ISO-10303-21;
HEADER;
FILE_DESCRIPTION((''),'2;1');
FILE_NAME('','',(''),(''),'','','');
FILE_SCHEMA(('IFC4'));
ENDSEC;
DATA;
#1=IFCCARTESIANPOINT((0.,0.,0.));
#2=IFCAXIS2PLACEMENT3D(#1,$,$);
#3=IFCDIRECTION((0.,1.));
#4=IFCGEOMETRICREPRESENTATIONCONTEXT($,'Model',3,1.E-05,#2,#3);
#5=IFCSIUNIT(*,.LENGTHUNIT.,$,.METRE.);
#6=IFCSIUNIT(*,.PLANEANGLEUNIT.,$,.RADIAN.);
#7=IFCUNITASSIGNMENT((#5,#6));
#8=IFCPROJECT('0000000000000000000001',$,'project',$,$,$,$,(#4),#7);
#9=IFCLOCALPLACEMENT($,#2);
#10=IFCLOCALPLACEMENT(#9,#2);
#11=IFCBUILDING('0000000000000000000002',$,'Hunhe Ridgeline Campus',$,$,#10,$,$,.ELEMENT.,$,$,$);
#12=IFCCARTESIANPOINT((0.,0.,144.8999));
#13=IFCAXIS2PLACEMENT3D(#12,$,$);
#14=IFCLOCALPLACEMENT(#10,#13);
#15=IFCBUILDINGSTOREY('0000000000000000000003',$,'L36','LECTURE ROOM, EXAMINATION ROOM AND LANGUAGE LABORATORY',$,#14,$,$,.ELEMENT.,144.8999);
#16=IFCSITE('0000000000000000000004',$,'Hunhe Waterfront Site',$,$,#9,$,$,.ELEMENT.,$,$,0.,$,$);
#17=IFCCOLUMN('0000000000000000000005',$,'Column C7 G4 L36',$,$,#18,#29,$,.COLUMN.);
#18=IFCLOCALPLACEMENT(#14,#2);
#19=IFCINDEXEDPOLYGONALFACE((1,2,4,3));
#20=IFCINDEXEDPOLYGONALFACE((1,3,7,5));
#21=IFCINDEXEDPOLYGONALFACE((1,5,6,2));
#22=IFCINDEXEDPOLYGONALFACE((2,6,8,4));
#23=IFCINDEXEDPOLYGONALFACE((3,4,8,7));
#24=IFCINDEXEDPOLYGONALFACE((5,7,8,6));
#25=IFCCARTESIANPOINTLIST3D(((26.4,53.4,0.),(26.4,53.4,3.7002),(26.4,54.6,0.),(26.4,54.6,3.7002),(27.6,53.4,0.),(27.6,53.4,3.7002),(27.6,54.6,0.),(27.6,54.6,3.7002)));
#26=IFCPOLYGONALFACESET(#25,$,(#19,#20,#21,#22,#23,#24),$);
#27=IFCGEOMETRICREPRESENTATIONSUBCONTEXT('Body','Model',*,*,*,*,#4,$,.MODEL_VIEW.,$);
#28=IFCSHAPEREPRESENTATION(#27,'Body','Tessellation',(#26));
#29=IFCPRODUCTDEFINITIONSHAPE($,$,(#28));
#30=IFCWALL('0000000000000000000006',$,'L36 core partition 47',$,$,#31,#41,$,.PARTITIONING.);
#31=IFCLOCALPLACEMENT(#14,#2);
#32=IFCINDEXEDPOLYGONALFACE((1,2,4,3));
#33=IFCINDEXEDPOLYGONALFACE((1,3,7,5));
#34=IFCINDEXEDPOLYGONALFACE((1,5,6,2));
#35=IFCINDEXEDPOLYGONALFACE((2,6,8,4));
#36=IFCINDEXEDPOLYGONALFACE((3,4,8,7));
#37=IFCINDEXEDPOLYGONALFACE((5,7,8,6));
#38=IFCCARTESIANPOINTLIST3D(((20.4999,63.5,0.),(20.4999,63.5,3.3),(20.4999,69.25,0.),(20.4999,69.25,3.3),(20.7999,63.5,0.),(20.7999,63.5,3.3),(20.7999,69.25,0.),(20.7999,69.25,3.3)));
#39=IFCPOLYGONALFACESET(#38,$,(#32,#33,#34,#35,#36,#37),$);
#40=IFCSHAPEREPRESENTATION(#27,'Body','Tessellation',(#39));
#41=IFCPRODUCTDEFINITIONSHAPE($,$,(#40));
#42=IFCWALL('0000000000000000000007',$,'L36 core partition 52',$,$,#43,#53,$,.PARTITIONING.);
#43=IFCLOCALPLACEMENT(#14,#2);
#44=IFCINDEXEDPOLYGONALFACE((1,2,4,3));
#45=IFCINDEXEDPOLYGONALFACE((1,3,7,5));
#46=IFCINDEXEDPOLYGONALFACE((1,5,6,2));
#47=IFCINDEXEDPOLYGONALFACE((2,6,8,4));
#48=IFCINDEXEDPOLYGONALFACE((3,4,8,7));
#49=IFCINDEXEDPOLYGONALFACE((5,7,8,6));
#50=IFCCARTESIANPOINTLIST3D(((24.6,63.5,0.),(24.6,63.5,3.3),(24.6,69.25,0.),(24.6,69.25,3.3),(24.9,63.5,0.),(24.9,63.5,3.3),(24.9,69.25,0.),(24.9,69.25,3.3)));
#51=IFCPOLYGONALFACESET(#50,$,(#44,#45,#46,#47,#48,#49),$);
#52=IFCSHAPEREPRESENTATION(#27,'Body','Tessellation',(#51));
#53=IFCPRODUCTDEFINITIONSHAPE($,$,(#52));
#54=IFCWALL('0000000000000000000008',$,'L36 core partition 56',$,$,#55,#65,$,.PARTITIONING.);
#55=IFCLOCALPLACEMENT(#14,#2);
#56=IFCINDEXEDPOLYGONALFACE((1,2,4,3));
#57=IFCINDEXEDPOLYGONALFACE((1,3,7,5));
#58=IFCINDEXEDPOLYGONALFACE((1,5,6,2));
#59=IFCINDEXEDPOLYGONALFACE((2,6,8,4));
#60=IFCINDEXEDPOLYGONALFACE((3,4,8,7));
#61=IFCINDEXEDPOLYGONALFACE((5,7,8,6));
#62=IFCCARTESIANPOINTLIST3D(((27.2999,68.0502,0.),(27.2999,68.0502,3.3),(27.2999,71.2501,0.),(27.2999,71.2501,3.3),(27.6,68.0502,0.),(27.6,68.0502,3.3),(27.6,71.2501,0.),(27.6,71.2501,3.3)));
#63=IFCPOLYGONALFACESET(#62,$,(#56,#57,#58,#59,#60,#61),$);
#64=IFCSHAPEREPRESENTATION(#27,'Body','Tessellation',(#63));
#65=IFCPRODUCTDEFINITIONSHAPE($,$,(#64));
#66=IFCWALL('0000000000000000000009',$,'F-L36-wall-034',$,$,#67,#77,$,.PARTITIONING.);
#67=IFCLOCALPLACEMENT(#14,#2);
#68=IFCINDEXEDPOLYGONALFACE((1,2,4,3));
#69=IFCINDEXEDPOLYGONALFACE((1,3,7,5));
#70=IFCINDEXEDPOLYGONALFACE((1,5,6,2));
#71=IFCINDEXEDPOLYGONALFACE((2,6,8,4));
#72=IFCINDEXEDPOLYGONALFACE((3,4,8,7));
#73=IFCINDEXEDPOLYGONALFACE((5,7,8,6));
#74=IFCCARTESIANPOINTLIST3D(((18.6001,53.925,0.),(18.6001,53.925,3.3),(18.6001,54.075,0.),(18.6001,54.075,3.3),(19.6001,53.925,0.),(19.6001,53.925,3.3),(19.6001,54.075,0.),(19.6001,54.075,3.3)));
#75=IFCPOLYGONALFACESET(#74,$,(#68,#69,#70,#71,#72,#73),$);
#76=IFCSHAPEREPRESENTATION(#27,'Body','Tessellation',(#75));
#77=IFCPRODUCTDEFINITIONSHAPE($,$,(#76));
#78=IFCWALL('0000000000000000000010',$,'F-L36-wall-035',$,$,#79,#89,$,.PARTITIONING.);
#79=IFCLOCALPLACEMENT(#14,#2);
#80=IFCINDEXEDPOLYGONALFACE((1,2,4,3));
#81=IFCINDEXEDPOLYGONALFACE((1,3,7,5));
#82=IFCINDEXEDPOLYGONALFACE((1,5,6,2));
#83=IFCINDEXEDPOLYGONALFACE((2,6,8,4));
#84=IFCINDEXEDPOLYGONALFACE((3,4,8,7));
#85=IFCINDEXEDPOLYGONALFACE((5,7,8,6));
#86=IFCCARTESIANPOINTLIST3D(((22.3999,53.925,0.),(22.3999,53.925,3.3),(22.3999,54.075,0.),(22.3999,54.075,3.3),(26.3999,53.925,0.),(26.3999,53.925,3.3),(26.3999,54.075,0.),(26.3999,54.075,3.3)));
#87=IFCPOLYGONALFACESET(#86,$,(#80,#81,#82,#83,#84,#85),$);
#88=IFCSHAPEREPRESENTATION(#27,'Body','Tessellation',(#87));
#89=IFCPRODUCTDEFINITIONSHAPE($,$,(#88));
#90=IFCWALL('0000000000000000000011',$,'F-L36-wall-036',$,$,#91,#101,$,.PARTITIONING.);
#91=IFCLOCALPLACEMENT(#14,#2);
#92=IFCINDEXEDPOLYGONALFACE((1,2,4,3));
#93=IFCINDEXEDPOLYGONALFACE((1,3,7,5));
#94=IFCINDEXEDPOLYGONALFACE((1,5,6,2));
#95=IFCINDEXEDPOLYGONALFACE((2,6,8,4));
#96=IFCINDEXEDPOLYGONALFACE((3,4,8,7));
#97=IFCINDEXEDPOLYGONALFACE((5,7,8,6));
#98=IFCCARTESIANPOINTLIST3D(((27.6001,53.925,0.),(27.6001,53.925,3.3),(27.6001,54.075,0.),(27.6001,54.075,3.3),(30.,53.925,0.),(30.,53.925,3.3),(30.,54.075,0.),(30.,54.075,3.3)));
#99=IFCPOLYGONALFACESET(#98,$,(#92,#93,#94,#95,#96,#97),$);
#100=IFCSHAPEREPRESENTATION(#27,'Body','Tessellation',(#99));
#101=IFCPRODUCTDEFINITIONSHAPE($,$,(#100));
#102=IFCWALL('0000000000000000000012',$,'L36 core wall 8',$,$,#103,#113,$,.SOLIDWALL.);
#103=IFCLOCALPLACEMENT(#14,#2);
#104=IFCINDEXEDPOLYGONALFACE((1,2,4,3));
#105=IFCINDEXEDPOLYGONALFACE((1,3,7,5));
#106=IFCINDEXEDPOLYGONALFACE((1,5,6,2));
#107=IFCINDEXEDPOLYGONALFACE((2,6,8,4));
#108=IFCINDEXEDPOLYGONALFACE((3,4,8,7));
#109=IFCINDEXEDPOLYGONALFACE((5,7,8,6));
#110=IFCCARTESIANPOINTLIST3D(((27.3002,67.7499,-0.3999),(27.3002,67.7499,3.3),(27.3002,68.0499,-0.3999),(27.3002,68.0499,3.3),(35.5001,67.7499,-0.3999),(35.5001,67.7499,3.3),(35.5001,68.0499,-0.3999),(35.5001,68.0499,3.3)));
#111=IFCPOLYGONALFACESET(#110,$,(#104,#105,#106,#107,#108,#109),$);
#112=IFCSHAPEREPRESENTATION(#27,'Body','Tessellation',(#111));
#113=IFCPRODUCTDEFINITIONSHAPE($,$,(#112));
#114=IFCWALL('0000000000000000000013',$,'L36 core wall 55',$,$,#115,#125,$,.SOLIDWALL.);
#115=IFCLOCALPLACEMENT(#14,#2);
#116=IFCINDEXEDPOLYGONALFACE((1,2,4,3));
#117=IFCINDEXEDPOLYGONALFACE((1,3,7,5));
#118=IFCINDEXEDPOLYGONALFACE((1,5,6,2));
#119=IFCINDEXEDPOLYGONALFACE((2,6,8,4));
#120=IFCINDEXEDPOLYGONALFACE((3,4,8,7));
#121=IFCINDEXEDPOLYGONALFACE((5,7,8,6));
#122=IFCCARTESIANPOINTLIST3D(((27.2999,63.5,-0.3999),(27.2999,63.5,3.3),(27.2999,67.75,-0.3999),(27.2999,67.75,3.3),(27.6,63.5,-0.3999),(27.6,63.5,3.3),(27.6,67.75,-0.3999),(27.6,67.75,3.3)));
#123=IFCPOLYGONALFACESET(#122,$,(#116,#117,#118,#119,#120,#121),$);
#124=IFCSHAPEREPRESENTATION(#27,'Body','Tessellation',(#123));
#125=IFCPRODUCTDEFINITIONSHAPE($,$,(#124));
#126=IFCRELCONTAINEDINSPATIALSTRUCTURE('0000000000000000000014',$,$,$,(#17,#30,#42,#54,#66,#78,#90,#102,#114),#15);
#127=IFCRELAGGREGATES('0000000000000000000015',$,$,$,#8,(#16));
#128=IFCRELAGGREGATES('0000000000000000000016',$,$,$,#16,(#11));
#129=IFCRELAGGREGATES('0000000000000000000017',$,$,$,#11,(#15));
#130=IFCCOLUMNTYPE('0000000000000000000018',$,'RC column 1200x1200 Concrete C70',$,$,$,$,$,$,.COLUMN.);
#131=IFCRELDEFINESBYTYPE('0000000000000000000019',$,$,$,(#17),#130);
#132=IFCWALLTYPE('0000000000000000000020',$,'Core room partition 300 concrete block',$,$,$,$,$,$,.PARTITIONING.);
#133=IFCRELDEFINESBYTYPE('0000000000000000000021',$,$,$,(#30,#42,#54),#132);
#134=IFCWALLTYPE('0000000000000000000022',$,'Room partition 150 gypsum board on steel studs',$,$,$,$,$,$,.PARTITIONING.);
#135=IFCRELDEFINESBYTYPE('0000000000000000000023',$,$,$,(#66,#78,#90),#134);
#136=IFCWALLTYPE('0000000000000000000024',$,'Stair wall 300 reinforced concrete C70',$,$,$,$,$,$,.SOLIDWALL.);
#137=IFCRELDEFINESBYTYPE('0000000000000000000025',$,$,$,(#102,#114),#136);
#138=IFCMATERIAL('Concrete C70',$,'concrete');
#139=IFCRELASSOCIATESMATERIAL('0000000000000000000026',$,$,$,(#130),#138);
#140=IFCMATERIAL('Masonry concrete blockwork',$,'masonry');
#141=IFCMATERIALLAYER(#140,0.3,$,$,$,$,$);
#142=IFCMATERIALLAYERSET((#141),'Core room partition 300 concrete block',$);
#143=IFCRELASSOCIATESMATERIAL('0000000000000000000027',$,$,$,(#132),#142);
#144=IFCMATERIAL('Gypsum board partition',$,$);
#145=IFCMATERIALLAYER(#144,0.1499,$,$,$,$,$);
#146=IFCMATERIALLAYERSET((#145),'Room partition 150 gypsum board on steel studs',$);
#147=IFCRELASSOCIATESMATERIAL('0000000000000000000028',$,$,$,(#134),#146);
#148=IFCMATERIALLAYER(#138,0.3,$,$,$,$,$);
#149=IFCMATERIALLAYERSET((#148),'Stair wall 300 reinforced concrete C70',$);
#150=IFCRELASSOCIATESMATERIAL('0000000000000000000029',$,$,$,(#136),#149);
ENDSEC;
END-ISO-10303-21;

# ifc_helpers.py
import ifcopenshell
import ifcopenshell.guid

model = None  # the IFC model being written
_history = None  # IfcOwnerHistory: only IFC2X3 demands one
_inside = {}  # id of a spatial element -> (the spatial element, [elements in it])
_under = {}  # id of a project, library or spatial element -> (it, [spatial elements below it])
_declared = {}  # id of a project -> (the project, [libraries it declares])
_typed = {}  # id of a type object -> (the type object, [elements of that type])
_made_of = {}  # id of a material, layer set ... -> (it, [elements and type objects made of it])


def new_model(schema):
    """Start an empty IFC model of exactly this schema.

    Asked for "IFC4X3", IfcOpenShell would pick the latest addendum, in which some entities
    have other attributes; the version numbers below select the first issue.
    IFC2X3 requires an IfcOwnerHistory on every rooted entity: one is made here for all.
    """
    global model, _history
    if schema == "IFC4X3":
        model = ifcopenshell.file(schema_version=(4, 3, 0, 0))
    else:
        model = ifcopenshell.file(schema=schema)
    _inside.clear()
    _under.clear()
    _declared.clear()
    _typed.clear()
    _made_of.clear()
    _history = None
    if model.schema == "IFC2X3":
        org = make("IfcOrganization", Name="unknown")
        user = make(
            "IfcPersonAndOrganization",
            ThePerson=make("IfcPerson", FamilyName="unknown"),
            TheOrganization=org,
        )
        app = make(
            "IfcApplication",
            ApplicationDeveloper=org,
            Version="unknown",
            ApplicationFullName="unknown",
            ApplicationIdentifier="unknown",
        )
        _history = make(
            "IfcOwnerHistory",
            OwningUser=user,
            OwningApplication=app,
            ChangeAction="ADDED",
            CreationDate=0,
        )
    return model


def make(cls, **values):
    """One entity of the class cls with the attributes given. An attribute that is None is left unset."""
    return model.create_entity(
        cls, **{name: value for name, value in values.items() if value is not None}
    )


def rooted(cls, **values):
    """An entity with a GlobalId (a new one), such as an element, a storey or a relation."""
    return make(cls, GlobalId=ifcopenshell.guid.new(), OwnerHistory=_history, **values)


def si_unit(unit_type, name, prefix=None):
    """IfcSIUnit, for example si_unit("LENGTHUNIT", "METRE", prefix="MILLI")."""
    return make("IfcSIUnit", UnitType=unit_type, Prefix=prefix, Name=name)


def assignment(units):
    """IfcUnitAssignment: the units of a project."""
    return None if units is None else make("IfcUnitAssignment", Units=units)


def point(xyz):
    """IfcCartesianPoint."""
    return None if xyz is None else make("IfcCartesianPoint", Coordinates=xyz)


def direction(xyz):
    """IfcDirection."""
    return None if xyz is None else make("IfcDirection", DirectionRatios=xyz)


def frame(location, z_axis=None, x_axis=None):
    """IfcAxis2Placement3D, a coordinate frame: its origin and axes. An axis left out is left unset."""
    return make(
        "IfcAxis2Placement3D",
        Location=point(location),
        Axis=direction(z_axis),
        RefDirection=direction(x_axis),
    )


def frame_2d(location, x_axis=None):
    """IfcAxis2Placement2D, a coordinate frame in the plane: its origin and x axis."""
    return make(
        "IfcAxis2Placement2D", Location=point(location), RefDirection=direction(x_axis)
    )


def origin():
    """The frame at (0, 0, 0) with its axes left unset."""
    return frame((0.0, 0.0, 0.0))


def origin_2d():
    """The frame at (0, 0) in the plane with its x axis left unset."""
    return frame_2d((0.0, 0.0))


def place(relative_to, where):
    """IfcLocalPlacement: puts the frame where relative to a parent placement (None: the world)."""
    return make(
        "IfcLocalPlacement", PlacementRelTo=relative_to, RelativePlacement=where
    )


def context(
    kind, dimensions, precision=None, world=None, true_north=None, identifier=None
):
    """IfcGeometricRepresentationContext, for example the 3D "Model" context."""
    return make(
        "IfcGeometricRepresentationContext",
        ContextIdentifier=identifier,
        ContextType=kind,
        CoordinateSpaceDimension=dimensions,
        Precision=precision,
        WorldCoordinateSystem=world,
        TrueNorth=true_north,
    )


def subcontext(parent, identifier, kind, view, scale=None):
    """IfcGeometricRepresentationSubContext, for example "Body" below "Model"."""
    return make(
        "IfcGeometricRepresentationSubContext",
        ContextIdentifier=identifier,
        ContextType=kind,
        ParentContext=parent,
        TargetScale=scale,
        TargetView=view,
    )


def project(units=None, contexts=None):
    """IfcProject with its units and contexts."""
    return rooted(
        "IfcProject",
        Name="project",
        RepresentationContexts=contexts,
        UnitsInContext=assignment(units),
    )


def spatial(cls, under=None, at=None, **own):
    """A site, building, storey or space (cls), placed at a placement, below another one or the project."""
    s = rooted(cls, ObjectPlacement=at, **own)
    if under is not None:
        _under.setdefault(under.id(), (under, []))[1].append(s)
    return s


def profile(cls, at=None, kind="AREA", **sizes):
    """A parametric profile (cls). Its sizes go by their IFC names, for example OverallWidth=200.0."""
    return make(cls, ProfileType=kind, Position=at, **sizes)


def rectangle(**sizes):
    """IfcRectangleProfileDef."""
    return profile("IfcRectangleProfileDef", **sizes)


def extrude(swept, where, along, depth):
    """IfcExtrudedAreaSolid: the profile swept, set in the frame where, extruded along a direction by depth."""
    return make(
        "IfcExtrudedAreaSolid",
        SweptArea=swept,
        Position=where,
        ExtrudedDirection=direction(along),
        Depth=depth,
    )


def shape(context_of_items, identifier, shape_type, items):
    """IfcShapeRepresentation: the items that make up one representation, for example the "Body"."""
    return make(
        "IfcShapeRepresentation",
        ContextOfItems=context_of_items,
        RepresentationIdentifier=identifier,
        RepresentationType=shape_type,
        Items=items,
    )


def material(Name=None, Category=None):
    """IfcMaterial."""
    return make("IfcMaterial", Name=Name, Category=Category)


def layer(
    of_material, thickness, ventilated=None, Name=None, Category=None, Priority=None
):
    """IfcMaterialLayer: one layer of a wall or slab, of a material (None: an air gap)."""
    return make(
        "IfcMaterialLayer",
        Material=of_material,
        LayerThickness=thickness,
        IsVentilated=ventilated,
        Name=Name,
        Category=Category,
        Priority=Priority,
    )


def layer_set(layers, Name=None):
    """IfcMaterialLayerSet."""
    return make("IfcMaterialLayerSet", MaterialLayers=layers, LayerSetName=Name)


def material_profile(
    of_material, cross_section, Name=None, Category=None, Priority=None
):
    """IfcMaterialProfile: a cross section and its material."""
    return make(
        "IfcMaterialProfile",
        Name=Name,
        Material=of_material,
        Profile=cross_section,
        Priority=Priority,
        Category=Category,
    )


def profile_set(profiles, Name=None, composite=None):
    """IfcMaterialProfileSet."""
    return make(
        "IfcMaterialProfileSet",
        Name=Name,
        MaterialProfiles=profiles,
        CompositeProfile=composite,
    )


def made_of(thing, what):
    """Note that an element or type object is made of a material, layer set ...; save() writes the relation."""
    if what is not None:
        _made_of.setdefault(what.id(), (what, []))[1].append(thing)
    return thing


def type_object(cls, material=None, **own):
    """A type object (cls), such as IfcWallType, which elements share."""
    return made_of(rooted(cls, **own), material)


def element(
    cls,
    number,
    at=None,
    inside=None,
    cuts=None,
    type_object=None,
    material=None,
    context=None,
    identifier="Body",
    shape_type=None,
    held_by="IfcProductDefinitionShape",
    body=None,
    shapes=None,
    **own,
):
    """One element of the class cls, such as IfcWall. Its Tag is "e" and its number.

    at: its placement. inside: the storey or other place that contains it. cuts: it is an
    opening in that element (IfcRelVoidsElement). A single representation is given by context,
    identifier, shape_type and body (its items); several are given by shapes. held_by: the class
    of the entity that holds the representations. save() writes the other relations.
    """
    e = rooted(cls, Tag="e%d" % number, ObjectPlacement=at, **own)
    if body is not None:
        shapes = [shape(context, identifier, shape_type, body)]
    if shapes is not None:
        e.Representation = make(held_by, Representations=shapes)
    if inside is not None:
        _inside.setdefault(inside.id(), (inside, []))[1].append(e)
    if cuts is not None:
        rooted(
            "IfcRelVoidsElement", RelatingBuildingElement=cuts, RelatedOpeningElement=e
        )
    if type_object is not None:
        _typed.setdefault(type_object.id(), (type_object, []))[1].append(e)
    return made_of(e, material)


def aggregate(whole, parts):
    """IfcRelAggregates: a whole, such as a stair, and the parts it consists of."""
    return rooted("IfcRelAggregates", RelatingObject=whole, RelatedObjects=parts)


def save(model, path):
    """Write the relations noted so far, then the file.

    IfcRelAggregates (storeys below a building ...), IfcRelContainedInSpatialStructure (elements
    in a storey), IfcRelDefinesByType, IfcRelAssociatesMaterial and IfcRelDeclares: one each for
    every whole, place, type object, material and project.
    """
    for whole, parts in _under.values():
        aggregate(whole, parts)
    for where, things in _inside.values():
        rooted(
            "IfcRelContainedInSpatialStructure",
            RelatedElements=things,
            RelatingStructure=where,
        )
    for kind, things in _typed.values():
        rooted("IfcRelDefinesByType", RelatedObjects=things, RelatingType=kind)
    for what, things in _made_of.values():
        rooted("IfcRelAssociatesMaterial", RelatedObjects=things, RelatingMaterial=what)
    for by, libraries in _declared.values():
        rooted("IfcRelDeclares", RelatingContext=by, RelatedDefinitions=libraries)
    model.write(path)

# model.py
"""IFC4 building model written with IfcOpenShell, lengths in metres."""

from ifc_helpers import new_model, si_unit, direction, frame, frame_2d, origin, origin_2d, place, context, subcontext, project, spatial, rectangle, extrude, material, layer, layer_set, material_profile, profile_set, type_object, element, save


model = new_model("IFC4")

# Units and contexts
model_context = context("Model", 3, precision=1e-05, world=origin(), true_north=direction((0.0, 1.0)))
body_context = subcontext(model_context, "Body", "Model", "MODEL_VIEW")
ifc_project = project(units=[si_unit("LENGTHUNIT", "METRE"), si_unit("PLANEANGLEUNIT", "RADIAN")], contexts=[model_context])

# Site, building, storey
site_placement = place(None, origin())
site = spatial("IfcSite", under=ifc_project, at=site_placement, Name="Hunhe Waterfront Site", CompositionType="ELEMENT", RefElevation=0.0)
building_placement = place(site_placement, origin())
building = spatial("IfcBuilding", under=site, at=building_placement, Name="Hunhe Ridgeline Campus", CompositionType="ELEMENT")
storey_placement = place(building_placement, frame((0.0, 0.0, 144.8999)))
storey = spatial("IfcBuildingStorey", under=building, at=storey_placement, Name="L36", Description="LECTURE ROOM, EXAMINATION ROOM AND LANGUAGE LABORATORY", CompositionType="ELEMENT", Elevation=144.8999)

# Column
ifc_material_1 = material(Name="Concrete C70", Category="concrete")
ifc_material_profile = material_profile(ifc_material_1, rectangle(XDim=1.2, YDim=1.2, at=origin_2d()))
ifc_profile_set = profile_set([ifc_material_profile], Name="Concrete C70")
column_type = type_object("IfcColumnType", Name="RC column 1200x1200 Concrete C70", PredefinedType="COLUMN", material=ifc_profile_set)
column_placement = place(storey_placement, frame((27.0, 54.0, 0.0), z_axis=(0.0, 0.0, 1.0), x_axis=(1.0, 0.0, 0.0)))
element("IfcColumn", 1, at=column_placement, inside=storey, type_object=column_type, Name="Column C7 G4 L36", PredefinedType="COLUMN", context=body_context, shape_type="SweptSolid", body=[
    extrude(rectangle(XDim=1.2, YDim=1.2, at=origin_2d()), origin(), (0.0, 0.0, 1.0), 3.7002),
])

# Walls
ifc_material_2 = material(Name="Masonry concrete blockwork", Category="masonry")
ifc_layer_1 = layer(ifc_material_2, 0.3)
ifc_layer_set_1 = layer_set([ifc_layer_1], Name="Core room partition 300 concrete block")
wall_type_1 = type_object("IfcWallType", Name="Core room partition 300 concrete block", PredefinedType="PARTITIONING", material=ifc_layer_set_1)
for number, where, z_axis, x_axis, name in (
    (2, (20.6499, 63.5, 0.0), (0.0, 0.0, 1.0), (0.0, 1.0, 0.0), "L36 core partition 47"),
    (3, (24.75, 63.5, 0.0), (0.0, 0.0, 1.0), (0.0, 1.0, 0.0), "L36 core partition 52"),
):
    element("IfcWall", number, at=place(storey_placement, frame(where, z_axis=z_axis, x_axis=x_axis)), inside=storey, type_object=wall_type_1, Name=name, PredefinedType="PARTITIONING", context=body_context, shape_type="SweptSolid", body=[
        extrude(rectangle(XDim=5.75, YDim=0.3, at=frame_2d((2.875, 0.0))), origin(), (0.0, 0.0, 1.0), 3.3),
    ])
wall_1_placement = place(storey_placement, frame((27.45, 68.05, 0.0), z_axis=(0.0, 0.0, 1.0), x_axis=(0.0, 1.0, 0.0)))
element("IfcWall", 4, at=wall_1_placement, inside=storey, type_object=wall_type_1, Name="L36 core partition 56", PredefinedType="PARTITIONING", context=body_context, shape_type="SweptSolid", body=[
    extrude(rectangle(XDim=3.2, YDim=0.3, at=frame_2d((1.6001, 0.0))), origin(), (0.0, 0.0, 1.0), 3.3),
])

# Shared definitions
ifc_material_3 = material(Name="Gypsum board partition")

# Walls
ifc_layer_2 = layer(ifc_material_3, 0.1499)
ifc_layer_set_2 = layer_set([ifc_layer_2], Name="Room partition 150 gypsum board on steel studs")
wall_type_2 = type_object("IfcWallType", Name="Room partition 150 gypsum board on steel studs", PredefinedType="PARTITIONING", material=ifc_layer_set_2)
wall_2_placement = place(storey_placement, frame((18.6001, 54.0, 0.0), z_axis=(0.0, 0.0, 1.0), x_axis=(1.0, 0.0, 0.0)))
element("IfcWall", 5, at=wall_2_placement, inside=storey, type_object=wall_type_2, Name="F-L36-wall-034", PredefinedType="PARTITIONING", context=body_context, shape_type="SweptSolid", body=[
    extrude(rectangle(XDim=1.0, YDim=0.1499, at=frame_2d((0.5, 0.0))), origin(), (0.0, 0.0, 1.0), 3.3),
])
wall_3_placement = place(storey_placement, frame((22.3999, 54.0, 0.0), z_axis=(0.0, 0.0, 1.0), x_axis=(1.0, 0.0, 0.0)))
element("IfcWall", 6, at=wall_3_placement, inside=storey, type_object=wall_type_2, Name="F-L36-wall-035", PredefinedType="PARTITIONING", context=body_context, shape_type="SweptSolid", body=[
    extrude(rectangle(XDim=4.0, YDim=0.1499, at=frame_2d((2.0, 0.0))), origin(), (0.0, 0.0, 1.0), 3.3),
])
wall_4_placement = place(storey_placement, frame((27.6001, 54.0, 0.0), z_axis=(0.0, 0.0, 1.0), x_axis=(1.0, 0.0, 0.0)))
element("IfcWall", 7, at=wall_4_placement, inside=storey, type_object=wall_type_2, Name="F-L36-wall-036", PredefinedType="PARTITIONING", context=body_context, shape_type="SweptSolid", body=[
    extrude(rectangle(XDim=2.3999, YDim=0.1499, at=frame_2d((1.2, 0.0))), origin(), (0.0, 0.0, 1.0), 3.3),
])
ifc_layer_3 = layer(ifc_material_1, 0.3)
ifc_layer_set_3 = layer_set([ifc_layer_3], Name="Stair wall 300 reinforced concrete C70")
wall_type_3 = type_object("IfcWallType", Name="Stair wall 300 reinforced concrete C70", PredefinedType="SOLIDWALL", material=ifc_layer_set_3)
wall_5_placement = place(storey_placement, frame((27.3, 67.8999, -0.3999), z_axis=(0.0, 0.0, 1.0), x_axis=(1.0, 0.0, 0.0)))
element("IfcWall", 8, at=wall_5_placement, inside=storey, type_object=wall_type_3, Name="L36 core wall 8", PredefinedType="SOLIDWALL", context=body_context, shape_type="SweptSolid", body=[
    extrude(rectangle(XDim=8.2, YDim=0.3, at=frame_2d((4.1001, 0.0))), origin(), (0.0, 0.0, 1.0), 3.7),
])
wall_6_placement = place(storey_placement, frame((27.45, 63.5, -0.3999), z_axis=(0.0, 0.0, 1.0), x_axis=(0.0, 1.0, 0.0)))
element("IfcWall", 9, at=wall_6_placement, inside=storey, type_object=wall_type_3, Name="L36 core wall 55", PredefinedType="SOLIDWALL", context=body_context, shape_type="SweptSolid", body=[
    extrude(rectangle(XDim=4.25, YDim=0.3, at=frame_2d((2.125, 0.0))), origin(), (0.0, 0.0, 1.0), 3.7),
])

save(model, "model.ifc")
